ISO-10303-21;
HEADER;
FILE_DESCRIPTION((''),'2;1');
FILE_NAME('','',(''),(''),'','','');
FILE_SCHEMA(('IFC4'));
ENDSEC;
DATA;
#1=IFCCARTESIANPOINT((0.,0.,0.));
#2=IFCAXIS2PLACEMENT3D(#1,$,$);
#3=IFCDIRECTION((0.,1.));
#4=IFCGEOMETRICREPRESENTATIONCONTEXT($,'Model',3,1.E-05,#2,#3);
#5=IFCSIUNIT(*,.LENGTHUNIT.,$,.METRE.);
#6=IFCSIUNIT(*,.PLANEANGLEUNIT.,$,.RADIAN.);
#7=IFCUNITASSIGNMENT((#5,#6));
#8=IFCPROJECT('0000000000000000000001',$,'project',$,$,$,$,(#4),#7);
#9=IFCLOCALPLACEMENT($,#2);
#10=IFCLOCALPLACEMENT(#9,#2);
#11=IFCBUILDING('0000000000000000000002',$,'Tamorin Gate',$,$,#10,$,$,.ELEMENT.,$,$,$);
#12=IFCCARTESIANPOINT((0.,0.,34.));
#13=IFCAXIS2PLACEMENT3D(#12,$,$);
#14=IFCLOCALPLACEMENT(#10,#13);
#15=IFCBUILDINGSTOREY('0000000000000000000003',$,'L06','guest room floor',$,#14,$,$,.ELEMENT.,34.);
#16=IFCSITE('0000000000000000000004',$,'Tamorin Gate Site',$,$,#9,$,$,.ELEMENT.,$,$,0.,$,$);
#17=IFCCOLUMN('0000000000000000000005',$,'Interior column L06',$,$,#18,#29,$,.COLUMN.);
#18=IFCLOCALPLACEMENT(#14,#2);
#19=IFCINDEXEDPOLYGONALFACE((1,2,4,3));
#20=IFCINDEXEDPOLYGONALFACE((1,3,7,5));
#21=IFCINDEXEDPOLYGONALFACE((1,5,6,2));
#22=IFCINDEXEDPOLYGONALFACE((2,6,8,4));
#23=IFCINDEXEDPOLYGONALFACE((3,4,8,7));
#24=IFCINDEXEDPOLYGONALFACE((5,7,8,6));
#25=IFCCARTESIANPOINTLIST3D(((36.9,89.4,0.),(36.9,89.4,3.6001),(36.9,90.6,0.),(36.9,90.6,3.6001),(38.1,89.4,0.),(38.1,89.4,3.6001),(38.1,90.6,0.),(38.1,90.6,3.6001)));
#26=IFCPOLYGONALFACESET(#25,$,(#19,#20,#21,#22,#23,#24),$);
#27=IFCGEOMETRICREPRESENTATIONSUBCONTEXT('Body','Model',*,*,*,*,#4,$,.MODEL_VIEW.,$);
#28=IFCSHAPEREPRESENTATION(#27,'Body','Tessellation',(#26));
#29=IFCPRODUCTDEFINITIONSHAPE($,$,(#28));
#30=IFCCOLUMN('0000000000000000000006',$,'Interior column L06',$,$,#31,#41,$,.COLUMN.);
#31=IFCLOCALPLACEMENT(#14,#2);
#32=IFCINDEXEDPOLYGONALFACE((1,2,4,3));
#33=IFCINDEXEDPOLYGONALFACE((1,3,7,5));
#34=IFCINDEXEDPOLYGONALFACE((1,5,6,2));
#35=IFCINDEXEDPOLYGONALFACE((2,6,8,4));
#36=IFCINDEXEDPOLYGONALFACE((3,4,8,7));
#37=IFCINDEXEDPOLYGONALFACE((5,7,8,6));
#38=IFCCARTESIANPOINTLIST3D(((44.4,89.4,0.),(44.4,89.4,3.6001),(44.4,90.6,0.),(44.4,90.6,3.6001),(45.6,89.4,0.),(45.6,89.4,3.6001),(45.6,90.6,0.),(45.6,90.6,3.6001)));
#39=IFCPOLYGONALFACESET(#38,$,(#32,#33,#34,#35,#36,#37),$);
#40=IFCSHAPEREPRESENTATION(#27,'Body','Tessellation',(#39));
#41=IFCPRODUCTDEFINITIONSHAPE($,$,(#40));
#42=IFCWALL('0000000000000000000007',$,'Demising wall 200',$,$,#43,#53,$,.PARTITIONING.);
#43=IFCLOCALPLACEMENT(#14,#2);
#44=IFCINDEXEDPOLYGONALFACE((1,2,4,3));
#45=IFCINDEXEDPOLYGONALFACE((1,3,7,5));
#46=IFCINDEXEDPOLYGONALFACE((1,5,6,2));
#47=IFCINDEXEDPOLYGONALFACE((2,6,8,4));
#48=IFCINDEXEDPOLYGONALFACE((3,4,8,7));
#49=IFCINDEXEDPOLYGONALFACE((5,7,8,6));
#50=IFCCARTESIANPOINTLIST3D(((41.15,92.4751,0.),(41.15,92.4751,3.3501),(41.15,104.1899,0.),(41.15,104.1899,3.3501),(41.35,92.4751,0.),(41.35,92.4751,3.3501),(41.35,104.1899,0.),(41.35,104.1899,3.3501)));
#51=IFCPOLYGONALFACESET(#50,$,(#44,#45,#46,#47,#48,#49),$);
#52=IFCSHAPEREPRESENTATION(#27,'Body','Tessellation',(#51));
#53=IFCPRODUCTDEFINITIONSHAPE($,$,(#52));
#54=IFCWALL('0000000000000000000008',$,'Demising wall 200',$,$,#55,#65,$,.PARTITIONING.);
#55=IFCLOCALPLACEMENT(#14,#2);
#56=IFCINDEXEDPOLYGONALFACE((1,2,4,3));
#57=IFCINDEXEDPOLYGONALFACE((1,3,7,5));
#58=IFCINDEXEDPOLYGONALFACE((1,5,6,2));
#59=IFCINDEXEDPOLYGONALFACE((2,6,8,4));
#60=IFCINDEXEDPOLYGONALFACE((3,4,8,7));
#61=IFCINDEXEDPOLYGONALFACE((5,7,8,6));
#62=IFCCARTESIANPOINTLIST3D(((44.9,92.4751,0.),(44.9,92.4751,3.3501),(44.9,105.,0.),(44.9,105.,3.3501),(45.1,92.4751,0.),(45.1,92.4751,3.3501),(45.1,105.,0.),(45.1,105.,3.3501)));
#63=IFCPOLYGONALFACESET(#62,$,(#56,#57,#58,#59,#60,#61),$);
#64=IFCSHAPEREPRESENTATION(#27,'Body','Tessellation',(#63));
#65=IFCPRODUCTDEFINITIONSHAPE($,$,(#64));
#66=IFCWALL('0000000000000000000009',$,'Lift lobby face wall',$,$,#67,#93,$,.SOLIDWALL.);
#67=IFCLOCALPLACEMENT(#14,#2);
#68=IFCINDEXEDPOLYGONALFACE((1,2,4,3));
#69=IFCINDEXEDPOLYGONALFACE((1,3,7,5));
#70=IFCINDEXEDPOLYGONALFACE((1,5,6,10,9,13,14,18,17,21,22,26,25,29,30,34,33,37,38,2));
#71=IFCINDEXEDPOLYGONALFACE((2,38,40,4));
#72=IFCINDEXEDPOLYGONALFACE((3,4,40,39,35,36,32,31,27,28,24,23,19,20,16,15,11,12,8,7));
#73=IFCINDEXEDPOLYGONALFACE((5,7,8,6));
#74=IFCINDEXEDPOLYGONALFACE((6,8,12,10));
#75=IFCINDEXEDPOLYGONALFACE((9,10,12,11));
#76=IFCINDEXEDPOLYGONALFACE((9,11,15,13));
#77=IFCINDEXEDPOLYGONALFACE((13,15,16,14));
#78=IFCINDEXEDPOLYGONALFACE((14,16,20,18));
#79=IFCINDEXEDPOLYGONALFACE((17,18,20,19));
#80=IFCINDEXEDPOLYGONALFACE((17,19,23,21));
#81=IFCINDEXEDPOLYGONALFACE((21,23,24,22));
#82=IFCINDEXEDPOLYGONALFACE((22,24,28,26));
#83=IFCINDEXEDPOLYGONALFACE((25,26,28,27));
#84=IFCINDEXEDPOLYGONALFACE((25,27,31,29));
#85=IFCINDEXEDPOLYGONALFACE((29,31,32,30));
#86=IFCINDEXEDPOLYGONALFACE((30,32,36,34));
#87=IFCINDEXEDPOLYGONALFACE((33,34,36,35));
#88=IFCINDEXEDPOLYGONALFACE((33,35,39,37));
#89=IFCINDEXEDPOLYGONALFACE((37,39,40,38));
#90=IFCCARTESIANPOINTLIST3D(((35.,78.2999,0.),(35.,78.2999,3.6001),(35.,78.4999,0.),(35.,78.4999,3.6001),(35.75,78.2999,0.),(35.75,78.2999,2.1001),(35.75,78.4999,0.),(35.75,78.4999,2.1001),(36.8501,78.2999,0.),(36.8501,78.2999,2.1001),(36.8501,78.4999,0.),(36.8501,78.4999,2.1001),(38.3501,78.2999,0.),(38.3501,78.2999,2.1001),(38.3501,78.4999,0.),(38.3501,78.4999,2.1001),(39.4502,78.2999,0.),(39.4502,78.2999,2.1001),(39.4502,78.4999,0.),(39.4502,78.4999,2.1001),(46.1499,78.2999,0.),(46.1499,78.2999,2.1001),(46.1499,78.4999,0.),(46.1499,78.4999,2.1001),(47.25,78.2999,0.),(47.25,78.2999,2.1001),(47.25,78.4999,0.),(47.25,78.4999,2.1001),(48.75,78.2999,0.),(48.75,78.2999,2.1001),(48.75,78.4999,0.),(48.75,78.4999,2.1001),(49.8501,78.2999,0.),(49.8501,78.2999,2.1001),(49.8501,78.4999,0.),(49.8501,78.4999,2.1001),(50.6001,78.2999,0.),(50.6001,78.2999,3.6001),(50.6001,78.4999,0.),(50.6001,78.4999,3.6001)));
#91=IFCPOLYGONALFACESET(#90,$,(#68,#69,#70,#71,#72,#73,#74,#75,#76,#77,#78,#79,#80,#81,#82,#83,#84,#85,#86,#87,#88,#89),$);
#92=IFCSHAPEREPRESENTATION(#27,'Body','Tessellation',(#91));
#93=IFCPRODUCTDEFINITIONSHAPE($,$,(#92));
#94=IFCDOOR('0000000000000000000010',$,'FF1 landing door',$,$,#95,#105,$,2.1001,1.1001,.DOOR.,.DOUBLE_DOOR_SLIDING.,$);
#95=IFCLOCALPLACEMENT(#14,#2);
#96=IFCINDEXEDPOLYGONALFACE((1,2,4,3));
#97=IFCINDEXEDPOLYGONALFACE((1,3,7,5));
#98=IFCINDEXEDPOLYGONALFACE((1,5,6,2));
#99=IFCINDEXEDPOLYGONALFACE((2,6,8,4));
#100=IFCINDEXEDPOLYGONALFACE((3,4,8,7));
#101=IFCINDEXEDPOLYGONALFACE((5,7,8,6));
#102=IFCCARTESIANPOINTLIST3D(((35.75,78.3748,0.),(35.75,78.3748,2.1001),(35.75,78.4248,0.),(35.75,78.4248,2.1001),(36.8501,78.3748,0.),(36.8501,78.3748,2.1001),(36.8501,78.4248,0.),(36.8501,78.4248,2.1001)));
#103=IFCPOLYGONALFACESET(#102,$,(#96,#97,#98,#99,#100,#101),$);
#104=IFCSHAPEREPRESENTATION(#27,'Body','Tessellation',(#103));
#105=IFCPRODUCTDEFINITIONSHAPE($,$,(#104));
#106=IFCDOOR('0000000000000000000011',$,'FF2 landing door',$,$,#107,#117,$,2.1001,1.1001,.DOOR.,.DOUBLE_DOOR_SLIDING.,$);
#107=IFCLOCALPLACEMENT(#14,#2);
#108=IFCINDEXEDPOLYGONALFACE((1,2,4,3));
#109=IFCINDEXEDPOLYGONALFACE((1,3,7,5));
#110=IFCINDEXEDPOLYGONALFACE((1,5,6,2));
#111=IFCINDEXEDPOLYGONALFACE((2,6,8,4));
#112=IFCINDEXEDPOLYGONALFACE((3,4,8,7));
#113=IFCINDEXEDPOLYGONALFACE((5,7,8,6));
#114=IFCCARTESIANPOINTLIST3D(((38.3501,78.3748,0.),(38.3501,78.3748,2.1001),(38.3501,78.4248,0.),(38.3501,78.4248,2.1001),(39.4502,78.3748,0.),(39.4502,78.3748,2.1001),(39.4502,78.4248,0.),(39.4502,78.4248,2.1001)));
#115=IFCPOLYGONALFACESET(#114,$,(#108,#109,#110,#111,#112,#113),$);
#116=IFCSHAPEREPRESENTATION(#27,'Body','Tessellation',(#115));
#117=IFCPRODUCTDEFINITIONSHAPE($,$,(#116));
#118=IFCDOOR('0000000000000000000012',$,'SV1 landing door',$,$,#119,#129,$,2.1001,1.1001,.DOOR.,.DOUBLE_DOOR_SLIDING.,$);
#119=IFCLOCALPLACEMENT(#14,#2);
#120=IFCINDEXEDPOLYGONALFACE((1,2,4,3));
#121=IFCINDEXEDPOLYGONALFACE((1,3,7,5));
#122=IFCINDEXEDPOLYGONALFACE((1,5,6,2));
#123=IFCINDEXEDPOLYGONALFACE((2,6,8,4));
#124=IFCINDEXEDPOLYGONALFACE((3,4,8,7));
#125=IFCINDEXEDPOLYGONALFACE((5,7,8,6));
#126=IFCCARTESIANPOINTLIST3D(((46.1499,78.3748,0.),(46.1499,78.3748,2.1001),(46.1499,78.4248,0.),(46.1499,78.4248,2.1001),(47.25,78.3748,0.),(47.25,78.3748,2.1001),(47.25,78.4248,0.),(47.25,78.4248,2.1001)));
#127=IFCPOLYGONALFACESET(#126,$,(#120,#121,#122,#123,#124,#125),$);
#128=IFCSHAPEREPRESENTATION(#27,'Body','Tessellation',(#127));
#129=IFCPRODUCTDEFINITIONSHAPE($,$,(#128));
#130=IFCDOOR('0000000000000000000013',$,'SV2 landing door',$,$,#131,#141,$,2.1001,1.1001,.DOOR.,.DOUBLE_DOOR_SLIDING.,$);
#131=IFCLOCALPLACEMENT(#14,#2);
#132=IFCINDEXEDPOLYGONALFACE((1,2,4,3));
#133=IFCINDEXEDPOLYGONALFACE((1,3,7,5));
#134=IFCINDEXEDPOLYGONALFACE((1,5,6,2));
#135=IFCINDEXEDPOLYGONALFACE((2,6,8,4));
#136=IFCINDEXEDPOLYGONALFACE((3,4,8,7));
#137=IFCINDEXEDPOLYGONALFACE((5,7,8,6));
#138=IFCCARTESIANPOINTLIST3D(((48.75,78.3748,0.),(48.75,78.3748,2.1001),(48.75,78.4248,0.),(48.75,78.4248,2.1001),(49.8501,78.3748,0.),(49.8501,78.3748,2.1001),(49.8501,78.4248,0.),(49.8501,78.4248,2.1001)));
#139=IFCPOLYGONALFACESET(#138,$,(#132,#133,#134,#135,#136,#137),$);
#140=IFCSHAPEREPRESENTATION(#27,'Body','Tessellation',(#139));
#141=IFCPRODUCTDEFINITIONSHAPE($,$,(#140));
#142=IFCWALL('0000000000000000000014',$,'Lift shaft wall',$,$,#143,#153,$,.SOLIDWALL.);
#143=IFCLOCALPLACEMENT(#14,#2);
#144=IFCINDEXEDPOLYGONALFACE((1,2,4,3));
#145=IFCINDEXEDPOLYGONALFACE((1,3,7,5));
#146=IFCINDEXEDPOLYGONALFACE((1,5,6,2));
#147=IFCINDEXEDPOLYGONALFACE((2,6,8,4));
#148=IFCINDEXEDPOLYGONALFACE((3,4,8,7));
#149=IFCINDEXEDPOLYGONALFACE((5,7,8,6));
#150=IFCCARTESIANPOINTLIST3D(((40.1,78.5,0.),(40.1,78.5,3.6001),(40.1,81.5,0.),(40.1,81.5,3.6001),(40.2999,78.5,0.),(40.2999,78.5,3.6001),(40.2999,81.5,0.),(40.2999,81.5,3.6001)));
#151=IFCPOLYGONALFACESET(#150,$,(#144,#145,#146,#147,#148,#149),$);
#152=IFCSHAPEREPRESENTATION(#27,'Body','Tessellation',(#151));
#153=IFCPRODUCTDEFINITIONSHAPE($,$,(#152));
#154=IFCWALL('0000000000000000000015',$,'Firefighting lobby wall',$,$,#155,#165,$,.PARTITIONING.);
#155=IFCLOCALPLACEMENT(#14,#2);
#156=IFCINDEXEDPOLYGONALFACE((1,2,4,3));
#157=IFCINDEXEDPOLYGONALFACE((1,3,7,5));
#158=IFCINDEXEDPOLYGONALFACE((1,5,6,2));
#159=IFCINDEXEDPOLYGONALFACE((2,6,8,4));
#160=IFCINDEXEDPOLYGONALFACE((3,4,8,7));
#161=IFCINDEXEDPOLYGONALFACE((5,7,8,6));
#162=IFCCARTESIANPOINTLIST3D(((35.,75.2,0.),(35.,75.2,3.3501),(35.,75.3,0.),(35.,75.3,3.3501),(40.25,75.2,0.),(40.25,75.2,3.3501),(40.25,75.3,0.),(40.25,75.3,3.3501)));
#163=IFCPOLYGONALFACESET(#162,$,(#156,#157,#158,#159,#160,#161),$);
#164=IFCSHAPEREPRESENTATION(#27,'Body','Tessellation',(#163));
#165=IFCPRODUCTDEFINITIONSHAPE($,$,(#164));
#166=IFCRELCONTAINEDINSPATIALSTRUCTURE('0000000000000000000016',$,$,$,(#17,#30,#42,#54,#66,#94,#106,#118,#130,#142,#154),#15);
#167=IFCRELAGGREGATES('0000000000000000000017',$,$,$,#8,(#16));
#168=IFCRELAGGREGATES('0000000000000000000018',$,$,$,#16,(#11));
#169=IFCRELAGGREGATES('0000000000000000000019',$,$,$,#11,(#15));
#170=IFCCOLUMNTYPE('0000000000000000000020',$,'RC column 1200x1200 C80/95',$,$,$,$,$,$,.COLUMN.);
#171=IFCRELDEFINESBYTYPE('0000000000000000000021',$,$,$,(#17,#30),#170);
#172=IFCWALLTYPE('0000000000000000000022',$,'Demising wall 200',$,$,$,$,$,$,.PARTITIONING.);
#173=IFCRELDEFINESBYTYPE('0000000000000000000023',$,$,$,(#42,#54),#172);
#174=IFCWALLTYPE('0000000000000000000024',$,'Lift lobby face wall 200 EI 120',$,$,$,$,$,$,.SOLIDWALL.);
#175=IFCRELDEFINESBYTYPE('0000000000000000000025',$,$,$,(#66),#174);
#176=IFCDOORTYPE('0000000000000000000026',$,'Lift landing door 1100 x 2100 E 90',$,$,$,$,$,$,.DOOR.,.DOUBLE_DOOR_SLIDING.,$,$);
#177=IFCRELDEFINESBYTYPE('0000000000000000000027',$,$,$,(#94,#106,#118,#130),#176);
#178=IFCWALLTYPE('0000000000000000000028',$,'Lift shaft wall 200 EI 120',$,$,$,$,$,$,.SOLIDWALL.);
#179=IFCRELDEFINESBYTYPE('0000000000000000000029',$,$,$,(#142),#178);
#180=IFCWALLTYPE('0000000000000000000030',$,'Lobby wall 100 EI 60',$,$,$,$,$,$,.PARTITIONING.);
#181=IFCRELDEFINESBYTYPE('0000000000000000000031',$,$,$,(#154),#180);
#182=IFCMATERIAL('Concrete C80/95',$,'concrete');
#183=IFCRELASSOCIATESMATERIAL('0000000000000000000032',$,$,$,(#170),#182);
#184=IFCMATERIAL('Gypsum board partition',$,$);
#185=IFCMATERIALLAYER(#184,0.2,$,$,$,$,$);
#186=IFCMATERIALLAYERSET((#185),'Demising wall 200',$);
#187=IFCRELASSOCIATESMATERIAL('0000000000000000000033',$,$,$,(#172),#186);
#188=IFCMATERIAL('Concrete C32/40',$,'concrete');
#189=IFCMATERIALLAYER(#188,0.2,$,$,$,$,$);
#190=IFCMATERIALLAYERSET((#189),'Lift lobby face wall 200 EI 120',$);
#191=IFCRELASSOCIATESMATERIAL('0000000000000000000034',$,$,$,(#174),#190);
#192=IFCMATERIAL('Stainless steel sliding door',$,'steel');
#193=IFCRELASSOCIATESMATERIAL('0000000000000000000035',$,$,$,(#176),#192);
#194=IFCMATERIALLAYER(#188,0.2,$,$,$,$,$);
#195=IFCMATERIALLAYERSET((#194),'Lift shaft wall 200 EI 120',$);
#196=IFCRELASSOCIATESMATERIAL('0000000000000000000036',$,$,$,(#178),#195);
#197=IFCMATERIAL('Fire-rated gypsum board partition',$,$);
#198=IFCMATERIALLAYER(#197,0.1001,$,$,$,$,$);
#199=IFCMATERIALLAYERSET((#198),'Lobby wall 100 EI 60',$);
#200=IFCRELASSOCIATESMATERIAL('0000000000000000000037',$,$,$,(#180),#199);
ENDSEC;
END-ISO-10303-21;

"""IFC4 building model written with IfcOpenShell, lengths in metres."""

from ifc_helpers import new_model, si_unit, direction, frame, frame_2d, origin, origin_2d, place, context, subcontext, project, spatial, rectangle, extrude, material, layer, layer_set, material_profile, profile_set, type_object, element, fill, save


model = new_model("IFC4")

# Units and contexts
model_context = context("Model", 3, precision=1e-05, world=origin(), true_north=direction((0.0, 1.0)))
body_context = subcontext(model_context, "Body", "Model", "MODEL_VIEW")
ifc_project = project(units=[si_unit("LENGTHUNIT", "METRE"), si_unit("PLANEANGLEUNIT", "RADIAN")], contexts=[model_context])

# Site, building, storey
site_placement = place(None, origin())
site = spatial("IfcSite", under=ifc_project, at=site_placement, Name="Tamorin Gate Site", CompositionType="ELEMENT", RefElevation=0.0)
building_placement = place(site_placement, origin())
building = spatial("IfcBuilding", under=site, at=building_placement, Name="Tamorin Gate", CompositionType="ELEMENT")
storey_placement = place(building_placement, frame((0.0, 0.0, 34.0)))
storey = spatial("IfcBuildingStorey", under=building, at=storey_placement, Name="L06", Description="guest room floor", CompositionType="ELEMENT", Elevation=34.0)

# Columns
ifc_material_1 = material(Name="Concrete C80/95", Category="concrete")
ifc_material_profile = material_profile(ifc_material_1, rectangle(XDim=1.2, YDim=1.2, at=origin_2d()), Name="RC 1200x1200")
ifc_profile_set = profile_set([ifc_material_profile], Name="Concrete C80/95")
column_type = type_object("IfcColumnType", Name="RC column 1200x1200 C80/95", PredefinedType="COLUMN", material=ifc_profile_set)
for number, where, z_axis, x_axis, name in (
    (1, (37.5, 90.0, 0.0), (0.0, 0.0, 1.0), (1.0, 0.0, 0.0), "Interior column L06"),
    (2, (45.0, 90.0, 0.0), (0.0, 0.0, 1.0), (1.0, 0.0, 0.0), "Interior column L06"),
):
    element("IfcColumn", number, at=place(storey_placement, frame(where, z_axis=z_axis, x_axis=x_axis)), inside=storey, type_object=column_type, Name=name, PredefinedType="COLUMN", context=body_context, shape_type="SweptSolid", body=[
        extrude(rectangle(XDim=1.2, YDim=1.2, at=origin_2d()), origin(), (0.0, 0.0, 1.0), 3.6001),
    ])

# Walls
ifc_material_2 = material(Name="Gypsum board partition")
ifc_layer_1 = layer(ifc_material_2, 0.2)
ifc_layer_set_1 = layer_set([ifc_layer_1], Name="Demising wall 200")
wall_type_1 = type_object("IfcWallType", Name="Demising wall 200", PredefinedType="PARTITIONING", material=ifc_layer_set_1)
wall_1_placement = place(storey_placement, frame((41.25, 92.4751, 0.0), z_axis=(0.0, 0.0, 1.0), x_axis=(0.0, 1.0, 0.0)))
element("IfcWall", 3, at=wall_1_placement, inside=storey, type_object=wall_type_1, Name="Demising wall 200", PredefinedType="PARTITIONING", context=body_context, shape_type="SweptSolid", body=[
    extrude(rectangle(XDim=11.7148, YDim=0.2, at=frame_2d((5.8574, 0.0))), origin(), (0.0, 0.0, 1.0), 3.3501),
])
wall_2_placement = place(storey_placement, frame((45.0, 92.4751, 0.0), z_axis=(0.0, 0.0, 1.0), x_axis=(0.0, 1.0, 0.0)))
element("IfcWall", 4, at=wall_2_placement, inside=storey, type_object=wall_type_1, Name="Demising wall 200", PredefinedType="PARTITIONING", context=body_context, shape_type="SweptSolid", body=[
    extrude(rectangle(XDim=12.5249, YDim=0.2, at=frame_2d((6.2625, 0.0))), origin(), (0.0, 0.0, 1.0), 3.3501),
])

# Wall, openings, doors
ifc_material_3 = material(Name="Concrete C32/40", Category="concrete")
ifc_layer_2 = layer(ifc_material_3, 0.2)
ifc_layer_set_2 = layer_set([ifc_layer_2], Name="Lift lobby face wall 200 EI 120")
wall_type_2 = type_object("IfcWallType", Name="Lift lobby face wall 200 EI 120", PredefinedType="SOLIDWALL", material=ifc_layer_set_2)
wall_3_placement = place(storey_placement, frame((35.0, 78.3999, 0.0), z_axis=(0.0, 0.0, 1.0), x_axis=(1.0, 0.0, 0.0)))
wall_3 = element("IfcWall", 5, at=wall_3_placement, inside=storey, type_object=wall_type_2, Name="Lift lobby face wall", PredefinedType="SOLIDWALL", context=body_context, shape_type="SweptSolid", body=[
    extrude(rectangle(XDim=15.6001, YDim=0.2, at=frame_2d((7.8, 0.0))), origin(), (0.0, 0.0, 1.0), 3.6001),
])
opening_1_placement = place(wall_3_placement, frame((0.75, 0.0, 0.0)))
opening_1 = element("IfcOpeningElement", 6, at=opening_1_placement, cuts=wall_3, PredefinedType="OPENING", context=body_context, shape_type="SweptSolid", body=[
    extrude(rectangle(XDim=1.1001, YDim=2.1001, at=frame_2d((0.55, 1.05))), frame((0.0, 0.1099, 0.0), z_axis=(0.0, -1.0, 0.0), x_axis=(1.0, 0.0, 0.0)), (0.0, 0.0, 1.0), 0.22),
])
opening_2_placement = place(wall_3_placement, frame((3.3501, 0.0, 0.0)))
opening_2 = element("IfcOpeningElement", 7, at=opening_2_placement, cuts=wall_3, PredefinedType="OPENING", context=body_context, shape_type="SweptSolid", body=[
    extrude(rectangle(XDim=1.1001, YDim=2.1001, at=frame_2d((0.55, 1.05))), frame((0.0, 0.1099, 0.0), z_axis=(0.0, -1.0, 0.0), x_axis=(1.0, 0.0, 0.0)), (0.0, 0.0, 1.0), 0.22),
])
opening_3_placement = place(wall_3_placement, frame((11.1499, 0.0, 0.0)))
opening_3 = element("IfcOpeningElement", 8, at=opening_3_placement, cuts=wall_3, PredefinedType="OPENING", context=body_context, shape_type="SweptSolid", body=[
    extrude(rectangle(XDim=1.1001, YDim=2.1001, at=frame_2d((0.55, 1.05))), frame((0.0, 0.1099, 0.0), z_axis=(0.0, -1.0, 0.0), x_axis=(1.0, 0.0, 0.0)), (0.0, 0.0, 1.0), 0.22),
])
opening_4_placement = place(wall_3_placement, frame((13.75, 0.0, 0.0)))
opening_4 = element("IfcOpeningElement", 9, at=opening_4_placement, cuts=wall_3, PredefinedType="OPENING", context=body_context, shape_type="SweptSolid", body=[
    extrude(rectangle(XDim=1.1001, YDim=2.1001, at=frame_2d((0.55, 1.05))), frame((0.0, 0.1099, 0.0), z_axis=(0.0, -1.0, 0.0), x_axis=(1.0, 0.0, 0.0)), (0.0, 0.0, 1.0), 0.22),
])
ifc_material_4 = material(Name="Stainless steel sliding door", Category="steel")
door_type_1 = type_object("IfcDoorType", Name="Lift landing door 1100 x 2100 E 90", OperationType="DOUBLE_DOOR_SLIDING", PredefinedType="DOOR", material=ifc_material_4)
door_1_placement = place(opening_1_placement, origin())
door_1 = element("IfcDoor", 10, at=door_1_placement, inside=storey, type_object=door_type_1, Name="FF1 landing door", OperationType="DOUBLE_DOOR_SLIDING", OverallHeight=2.1001, OverallWidth=1.1001, PredefinedType="DOOR", context=body_context, shape_type="SweptSolid", body=[
    extrude(rectangle(XDim=1.1001, YDim=2.1001, at=frame_2d((0.55, 1.05))), frame((0.0, 0.0249, 0.0), z_axis=(0.0, -1.0, 0.0), x_axis=(1.0, 0.0, 0.0)), (0.0, 0.0, 1.0), 0.05),
])
fill(opening_1, door_1)
door_2_placement = place(opening_2_placement, origin())
door_2 = element("IfcDoor", 11, at=door_2_placement, inside=storey, type_object=door_type_1, Name="FF2 landing door", OperationType="DOUBLE_DOOR_SLIDING", OverallHeight=2.1001, OverallWidth=1.1001, PredefinedType="DOOR", context=body_context, shape_type="SweptSolid", body=[
    extrude(rectangle(XDim=1.1001, YDim=2.1001, at=frame_2d((0.55, 1.05))), frame((0.0, 0.0249, 0.0), z_axis=(0.0, -1.0, 0.0), x_axis=(1.0, 0.0, 0.0)), (0.0, 0.0, 1.0), 0.05),
])
fill(opening_2, door_2)
door_3_placement = place(opening_3_placement, origin())
door_3 = element("IfcDoor", 12, at=door_3_placement, inside=storey, type_object=door_type_1, Name="SV1 landing door", OperationType="DOUBLE_DOOR_SLIDING", OverallHeight=2.1001, OverallWidth=1.1001, PredefinedType="DOOR", context=body_context, shape_type="SweptSolid", body=[
    extrude(rectangle(XDim=1.1001, YDim=2.1001, at=frame_2d((0.55, 1.05))), frame((0.0, 0.0249, 0.0), z_axis=(0.0, -1.0, 0.0), x_axis=(1.0, 0.0, 0.0)), (0.0, 0.0, 1.0), 0.05),
])
fill(opening_3, door_3)
door_4_placement = place(opening_4_placement, origin())
door_4 = element("IfcDoor", 13, at=door_4_placement, inside=storey, type_object=door_type_1, Name="SV2 landing door", OperationType="DOUBLE_DOOR_SLIDING", OverallHeight=2.1001, OverallWidth=1.1001, PredefinedType="DOOR", context=body_context, shape_type="SweptSolid", body=[
    extrude(rectangle(XDim=1.1001, YDim=2.1001, at=frame_2d((0.55, 1.05))), frame((0.0, 0.0249, 0.0), z_axis=(0.0, -1.0, 0.0), x_axis=(1.0, 0.0, 0.0)), (0.0, 0.0, 1.0), 0.05),
])
fill(opening_4, door_4)

# Walls
ifc_layer_3 = layer(ifc_material_3, 0.2)
ifc_layer_set_3 = layer_set([ifc_layer_3], Name="Lift shaft wall 200 EI 120")
wall_type_3 = type_object("IfcWallType", Name="Lift shaft wall 200 EI 120", PredefinedType="SOLIDWALL", material=ifc_layer_set_3)
wall_4_placement = place(storey_placement, frame((40.2, 78.5, 0.0), z_axis=(0.0, 0.0, 1.0), x_axis=(0.0, 1.0, 0.0)))
element("IfcWall", 14, at=wall_4_placement, inside=storey, type_object=wall_type_3, Name="Lift shaft wall", PredefinedType="SOLIDWALL", context=body_context, shape_type="SweptSolid", body=[
    extrude(rectangle(XDim=3.0, YDim=0.2, at=frame_2d((1.5, 0.0))), origin(), (0.0, 0.0, 1.0), 3.6001),
])
ifc_material_5 = material(Name="Fire-rated gypsum board partition")
ifc_layer_4 = layer(ifc_material_5, 0.1001)
ifc_layer_set_4 = layer_set([ifc_layer_4], Name="Lobby wall 100 EI 60")
wall_type_4 = type_object("IfcWallType", Name="Lobby wall 100 EI 60", PredefinedType="PARTITIONING", material=ifc_layer_set_4)
wall_5_placement = place(storey_placement, frame((35.0, 75.25, 0.0), z_axis=(0.0, 0.0, 1.0), x_axis=(1.0, 0.0, 0.0)))
element("IfcWall", 15, at=wall_5_placement, inside=storey, type_object=wall_type_4, Name="Firefighting lobby wall", PredefinedType="PARTITIONING", context=body_context, shape_type="SweptSolid", body=[
    extrude(rectangle(XDim=5.25, YDim=0.1001, at=frame_2d((2.625, 0.0))), origin(), (0.0, 0.0, 1.0), 3.3501),
])

save(model, "model.ifc")
